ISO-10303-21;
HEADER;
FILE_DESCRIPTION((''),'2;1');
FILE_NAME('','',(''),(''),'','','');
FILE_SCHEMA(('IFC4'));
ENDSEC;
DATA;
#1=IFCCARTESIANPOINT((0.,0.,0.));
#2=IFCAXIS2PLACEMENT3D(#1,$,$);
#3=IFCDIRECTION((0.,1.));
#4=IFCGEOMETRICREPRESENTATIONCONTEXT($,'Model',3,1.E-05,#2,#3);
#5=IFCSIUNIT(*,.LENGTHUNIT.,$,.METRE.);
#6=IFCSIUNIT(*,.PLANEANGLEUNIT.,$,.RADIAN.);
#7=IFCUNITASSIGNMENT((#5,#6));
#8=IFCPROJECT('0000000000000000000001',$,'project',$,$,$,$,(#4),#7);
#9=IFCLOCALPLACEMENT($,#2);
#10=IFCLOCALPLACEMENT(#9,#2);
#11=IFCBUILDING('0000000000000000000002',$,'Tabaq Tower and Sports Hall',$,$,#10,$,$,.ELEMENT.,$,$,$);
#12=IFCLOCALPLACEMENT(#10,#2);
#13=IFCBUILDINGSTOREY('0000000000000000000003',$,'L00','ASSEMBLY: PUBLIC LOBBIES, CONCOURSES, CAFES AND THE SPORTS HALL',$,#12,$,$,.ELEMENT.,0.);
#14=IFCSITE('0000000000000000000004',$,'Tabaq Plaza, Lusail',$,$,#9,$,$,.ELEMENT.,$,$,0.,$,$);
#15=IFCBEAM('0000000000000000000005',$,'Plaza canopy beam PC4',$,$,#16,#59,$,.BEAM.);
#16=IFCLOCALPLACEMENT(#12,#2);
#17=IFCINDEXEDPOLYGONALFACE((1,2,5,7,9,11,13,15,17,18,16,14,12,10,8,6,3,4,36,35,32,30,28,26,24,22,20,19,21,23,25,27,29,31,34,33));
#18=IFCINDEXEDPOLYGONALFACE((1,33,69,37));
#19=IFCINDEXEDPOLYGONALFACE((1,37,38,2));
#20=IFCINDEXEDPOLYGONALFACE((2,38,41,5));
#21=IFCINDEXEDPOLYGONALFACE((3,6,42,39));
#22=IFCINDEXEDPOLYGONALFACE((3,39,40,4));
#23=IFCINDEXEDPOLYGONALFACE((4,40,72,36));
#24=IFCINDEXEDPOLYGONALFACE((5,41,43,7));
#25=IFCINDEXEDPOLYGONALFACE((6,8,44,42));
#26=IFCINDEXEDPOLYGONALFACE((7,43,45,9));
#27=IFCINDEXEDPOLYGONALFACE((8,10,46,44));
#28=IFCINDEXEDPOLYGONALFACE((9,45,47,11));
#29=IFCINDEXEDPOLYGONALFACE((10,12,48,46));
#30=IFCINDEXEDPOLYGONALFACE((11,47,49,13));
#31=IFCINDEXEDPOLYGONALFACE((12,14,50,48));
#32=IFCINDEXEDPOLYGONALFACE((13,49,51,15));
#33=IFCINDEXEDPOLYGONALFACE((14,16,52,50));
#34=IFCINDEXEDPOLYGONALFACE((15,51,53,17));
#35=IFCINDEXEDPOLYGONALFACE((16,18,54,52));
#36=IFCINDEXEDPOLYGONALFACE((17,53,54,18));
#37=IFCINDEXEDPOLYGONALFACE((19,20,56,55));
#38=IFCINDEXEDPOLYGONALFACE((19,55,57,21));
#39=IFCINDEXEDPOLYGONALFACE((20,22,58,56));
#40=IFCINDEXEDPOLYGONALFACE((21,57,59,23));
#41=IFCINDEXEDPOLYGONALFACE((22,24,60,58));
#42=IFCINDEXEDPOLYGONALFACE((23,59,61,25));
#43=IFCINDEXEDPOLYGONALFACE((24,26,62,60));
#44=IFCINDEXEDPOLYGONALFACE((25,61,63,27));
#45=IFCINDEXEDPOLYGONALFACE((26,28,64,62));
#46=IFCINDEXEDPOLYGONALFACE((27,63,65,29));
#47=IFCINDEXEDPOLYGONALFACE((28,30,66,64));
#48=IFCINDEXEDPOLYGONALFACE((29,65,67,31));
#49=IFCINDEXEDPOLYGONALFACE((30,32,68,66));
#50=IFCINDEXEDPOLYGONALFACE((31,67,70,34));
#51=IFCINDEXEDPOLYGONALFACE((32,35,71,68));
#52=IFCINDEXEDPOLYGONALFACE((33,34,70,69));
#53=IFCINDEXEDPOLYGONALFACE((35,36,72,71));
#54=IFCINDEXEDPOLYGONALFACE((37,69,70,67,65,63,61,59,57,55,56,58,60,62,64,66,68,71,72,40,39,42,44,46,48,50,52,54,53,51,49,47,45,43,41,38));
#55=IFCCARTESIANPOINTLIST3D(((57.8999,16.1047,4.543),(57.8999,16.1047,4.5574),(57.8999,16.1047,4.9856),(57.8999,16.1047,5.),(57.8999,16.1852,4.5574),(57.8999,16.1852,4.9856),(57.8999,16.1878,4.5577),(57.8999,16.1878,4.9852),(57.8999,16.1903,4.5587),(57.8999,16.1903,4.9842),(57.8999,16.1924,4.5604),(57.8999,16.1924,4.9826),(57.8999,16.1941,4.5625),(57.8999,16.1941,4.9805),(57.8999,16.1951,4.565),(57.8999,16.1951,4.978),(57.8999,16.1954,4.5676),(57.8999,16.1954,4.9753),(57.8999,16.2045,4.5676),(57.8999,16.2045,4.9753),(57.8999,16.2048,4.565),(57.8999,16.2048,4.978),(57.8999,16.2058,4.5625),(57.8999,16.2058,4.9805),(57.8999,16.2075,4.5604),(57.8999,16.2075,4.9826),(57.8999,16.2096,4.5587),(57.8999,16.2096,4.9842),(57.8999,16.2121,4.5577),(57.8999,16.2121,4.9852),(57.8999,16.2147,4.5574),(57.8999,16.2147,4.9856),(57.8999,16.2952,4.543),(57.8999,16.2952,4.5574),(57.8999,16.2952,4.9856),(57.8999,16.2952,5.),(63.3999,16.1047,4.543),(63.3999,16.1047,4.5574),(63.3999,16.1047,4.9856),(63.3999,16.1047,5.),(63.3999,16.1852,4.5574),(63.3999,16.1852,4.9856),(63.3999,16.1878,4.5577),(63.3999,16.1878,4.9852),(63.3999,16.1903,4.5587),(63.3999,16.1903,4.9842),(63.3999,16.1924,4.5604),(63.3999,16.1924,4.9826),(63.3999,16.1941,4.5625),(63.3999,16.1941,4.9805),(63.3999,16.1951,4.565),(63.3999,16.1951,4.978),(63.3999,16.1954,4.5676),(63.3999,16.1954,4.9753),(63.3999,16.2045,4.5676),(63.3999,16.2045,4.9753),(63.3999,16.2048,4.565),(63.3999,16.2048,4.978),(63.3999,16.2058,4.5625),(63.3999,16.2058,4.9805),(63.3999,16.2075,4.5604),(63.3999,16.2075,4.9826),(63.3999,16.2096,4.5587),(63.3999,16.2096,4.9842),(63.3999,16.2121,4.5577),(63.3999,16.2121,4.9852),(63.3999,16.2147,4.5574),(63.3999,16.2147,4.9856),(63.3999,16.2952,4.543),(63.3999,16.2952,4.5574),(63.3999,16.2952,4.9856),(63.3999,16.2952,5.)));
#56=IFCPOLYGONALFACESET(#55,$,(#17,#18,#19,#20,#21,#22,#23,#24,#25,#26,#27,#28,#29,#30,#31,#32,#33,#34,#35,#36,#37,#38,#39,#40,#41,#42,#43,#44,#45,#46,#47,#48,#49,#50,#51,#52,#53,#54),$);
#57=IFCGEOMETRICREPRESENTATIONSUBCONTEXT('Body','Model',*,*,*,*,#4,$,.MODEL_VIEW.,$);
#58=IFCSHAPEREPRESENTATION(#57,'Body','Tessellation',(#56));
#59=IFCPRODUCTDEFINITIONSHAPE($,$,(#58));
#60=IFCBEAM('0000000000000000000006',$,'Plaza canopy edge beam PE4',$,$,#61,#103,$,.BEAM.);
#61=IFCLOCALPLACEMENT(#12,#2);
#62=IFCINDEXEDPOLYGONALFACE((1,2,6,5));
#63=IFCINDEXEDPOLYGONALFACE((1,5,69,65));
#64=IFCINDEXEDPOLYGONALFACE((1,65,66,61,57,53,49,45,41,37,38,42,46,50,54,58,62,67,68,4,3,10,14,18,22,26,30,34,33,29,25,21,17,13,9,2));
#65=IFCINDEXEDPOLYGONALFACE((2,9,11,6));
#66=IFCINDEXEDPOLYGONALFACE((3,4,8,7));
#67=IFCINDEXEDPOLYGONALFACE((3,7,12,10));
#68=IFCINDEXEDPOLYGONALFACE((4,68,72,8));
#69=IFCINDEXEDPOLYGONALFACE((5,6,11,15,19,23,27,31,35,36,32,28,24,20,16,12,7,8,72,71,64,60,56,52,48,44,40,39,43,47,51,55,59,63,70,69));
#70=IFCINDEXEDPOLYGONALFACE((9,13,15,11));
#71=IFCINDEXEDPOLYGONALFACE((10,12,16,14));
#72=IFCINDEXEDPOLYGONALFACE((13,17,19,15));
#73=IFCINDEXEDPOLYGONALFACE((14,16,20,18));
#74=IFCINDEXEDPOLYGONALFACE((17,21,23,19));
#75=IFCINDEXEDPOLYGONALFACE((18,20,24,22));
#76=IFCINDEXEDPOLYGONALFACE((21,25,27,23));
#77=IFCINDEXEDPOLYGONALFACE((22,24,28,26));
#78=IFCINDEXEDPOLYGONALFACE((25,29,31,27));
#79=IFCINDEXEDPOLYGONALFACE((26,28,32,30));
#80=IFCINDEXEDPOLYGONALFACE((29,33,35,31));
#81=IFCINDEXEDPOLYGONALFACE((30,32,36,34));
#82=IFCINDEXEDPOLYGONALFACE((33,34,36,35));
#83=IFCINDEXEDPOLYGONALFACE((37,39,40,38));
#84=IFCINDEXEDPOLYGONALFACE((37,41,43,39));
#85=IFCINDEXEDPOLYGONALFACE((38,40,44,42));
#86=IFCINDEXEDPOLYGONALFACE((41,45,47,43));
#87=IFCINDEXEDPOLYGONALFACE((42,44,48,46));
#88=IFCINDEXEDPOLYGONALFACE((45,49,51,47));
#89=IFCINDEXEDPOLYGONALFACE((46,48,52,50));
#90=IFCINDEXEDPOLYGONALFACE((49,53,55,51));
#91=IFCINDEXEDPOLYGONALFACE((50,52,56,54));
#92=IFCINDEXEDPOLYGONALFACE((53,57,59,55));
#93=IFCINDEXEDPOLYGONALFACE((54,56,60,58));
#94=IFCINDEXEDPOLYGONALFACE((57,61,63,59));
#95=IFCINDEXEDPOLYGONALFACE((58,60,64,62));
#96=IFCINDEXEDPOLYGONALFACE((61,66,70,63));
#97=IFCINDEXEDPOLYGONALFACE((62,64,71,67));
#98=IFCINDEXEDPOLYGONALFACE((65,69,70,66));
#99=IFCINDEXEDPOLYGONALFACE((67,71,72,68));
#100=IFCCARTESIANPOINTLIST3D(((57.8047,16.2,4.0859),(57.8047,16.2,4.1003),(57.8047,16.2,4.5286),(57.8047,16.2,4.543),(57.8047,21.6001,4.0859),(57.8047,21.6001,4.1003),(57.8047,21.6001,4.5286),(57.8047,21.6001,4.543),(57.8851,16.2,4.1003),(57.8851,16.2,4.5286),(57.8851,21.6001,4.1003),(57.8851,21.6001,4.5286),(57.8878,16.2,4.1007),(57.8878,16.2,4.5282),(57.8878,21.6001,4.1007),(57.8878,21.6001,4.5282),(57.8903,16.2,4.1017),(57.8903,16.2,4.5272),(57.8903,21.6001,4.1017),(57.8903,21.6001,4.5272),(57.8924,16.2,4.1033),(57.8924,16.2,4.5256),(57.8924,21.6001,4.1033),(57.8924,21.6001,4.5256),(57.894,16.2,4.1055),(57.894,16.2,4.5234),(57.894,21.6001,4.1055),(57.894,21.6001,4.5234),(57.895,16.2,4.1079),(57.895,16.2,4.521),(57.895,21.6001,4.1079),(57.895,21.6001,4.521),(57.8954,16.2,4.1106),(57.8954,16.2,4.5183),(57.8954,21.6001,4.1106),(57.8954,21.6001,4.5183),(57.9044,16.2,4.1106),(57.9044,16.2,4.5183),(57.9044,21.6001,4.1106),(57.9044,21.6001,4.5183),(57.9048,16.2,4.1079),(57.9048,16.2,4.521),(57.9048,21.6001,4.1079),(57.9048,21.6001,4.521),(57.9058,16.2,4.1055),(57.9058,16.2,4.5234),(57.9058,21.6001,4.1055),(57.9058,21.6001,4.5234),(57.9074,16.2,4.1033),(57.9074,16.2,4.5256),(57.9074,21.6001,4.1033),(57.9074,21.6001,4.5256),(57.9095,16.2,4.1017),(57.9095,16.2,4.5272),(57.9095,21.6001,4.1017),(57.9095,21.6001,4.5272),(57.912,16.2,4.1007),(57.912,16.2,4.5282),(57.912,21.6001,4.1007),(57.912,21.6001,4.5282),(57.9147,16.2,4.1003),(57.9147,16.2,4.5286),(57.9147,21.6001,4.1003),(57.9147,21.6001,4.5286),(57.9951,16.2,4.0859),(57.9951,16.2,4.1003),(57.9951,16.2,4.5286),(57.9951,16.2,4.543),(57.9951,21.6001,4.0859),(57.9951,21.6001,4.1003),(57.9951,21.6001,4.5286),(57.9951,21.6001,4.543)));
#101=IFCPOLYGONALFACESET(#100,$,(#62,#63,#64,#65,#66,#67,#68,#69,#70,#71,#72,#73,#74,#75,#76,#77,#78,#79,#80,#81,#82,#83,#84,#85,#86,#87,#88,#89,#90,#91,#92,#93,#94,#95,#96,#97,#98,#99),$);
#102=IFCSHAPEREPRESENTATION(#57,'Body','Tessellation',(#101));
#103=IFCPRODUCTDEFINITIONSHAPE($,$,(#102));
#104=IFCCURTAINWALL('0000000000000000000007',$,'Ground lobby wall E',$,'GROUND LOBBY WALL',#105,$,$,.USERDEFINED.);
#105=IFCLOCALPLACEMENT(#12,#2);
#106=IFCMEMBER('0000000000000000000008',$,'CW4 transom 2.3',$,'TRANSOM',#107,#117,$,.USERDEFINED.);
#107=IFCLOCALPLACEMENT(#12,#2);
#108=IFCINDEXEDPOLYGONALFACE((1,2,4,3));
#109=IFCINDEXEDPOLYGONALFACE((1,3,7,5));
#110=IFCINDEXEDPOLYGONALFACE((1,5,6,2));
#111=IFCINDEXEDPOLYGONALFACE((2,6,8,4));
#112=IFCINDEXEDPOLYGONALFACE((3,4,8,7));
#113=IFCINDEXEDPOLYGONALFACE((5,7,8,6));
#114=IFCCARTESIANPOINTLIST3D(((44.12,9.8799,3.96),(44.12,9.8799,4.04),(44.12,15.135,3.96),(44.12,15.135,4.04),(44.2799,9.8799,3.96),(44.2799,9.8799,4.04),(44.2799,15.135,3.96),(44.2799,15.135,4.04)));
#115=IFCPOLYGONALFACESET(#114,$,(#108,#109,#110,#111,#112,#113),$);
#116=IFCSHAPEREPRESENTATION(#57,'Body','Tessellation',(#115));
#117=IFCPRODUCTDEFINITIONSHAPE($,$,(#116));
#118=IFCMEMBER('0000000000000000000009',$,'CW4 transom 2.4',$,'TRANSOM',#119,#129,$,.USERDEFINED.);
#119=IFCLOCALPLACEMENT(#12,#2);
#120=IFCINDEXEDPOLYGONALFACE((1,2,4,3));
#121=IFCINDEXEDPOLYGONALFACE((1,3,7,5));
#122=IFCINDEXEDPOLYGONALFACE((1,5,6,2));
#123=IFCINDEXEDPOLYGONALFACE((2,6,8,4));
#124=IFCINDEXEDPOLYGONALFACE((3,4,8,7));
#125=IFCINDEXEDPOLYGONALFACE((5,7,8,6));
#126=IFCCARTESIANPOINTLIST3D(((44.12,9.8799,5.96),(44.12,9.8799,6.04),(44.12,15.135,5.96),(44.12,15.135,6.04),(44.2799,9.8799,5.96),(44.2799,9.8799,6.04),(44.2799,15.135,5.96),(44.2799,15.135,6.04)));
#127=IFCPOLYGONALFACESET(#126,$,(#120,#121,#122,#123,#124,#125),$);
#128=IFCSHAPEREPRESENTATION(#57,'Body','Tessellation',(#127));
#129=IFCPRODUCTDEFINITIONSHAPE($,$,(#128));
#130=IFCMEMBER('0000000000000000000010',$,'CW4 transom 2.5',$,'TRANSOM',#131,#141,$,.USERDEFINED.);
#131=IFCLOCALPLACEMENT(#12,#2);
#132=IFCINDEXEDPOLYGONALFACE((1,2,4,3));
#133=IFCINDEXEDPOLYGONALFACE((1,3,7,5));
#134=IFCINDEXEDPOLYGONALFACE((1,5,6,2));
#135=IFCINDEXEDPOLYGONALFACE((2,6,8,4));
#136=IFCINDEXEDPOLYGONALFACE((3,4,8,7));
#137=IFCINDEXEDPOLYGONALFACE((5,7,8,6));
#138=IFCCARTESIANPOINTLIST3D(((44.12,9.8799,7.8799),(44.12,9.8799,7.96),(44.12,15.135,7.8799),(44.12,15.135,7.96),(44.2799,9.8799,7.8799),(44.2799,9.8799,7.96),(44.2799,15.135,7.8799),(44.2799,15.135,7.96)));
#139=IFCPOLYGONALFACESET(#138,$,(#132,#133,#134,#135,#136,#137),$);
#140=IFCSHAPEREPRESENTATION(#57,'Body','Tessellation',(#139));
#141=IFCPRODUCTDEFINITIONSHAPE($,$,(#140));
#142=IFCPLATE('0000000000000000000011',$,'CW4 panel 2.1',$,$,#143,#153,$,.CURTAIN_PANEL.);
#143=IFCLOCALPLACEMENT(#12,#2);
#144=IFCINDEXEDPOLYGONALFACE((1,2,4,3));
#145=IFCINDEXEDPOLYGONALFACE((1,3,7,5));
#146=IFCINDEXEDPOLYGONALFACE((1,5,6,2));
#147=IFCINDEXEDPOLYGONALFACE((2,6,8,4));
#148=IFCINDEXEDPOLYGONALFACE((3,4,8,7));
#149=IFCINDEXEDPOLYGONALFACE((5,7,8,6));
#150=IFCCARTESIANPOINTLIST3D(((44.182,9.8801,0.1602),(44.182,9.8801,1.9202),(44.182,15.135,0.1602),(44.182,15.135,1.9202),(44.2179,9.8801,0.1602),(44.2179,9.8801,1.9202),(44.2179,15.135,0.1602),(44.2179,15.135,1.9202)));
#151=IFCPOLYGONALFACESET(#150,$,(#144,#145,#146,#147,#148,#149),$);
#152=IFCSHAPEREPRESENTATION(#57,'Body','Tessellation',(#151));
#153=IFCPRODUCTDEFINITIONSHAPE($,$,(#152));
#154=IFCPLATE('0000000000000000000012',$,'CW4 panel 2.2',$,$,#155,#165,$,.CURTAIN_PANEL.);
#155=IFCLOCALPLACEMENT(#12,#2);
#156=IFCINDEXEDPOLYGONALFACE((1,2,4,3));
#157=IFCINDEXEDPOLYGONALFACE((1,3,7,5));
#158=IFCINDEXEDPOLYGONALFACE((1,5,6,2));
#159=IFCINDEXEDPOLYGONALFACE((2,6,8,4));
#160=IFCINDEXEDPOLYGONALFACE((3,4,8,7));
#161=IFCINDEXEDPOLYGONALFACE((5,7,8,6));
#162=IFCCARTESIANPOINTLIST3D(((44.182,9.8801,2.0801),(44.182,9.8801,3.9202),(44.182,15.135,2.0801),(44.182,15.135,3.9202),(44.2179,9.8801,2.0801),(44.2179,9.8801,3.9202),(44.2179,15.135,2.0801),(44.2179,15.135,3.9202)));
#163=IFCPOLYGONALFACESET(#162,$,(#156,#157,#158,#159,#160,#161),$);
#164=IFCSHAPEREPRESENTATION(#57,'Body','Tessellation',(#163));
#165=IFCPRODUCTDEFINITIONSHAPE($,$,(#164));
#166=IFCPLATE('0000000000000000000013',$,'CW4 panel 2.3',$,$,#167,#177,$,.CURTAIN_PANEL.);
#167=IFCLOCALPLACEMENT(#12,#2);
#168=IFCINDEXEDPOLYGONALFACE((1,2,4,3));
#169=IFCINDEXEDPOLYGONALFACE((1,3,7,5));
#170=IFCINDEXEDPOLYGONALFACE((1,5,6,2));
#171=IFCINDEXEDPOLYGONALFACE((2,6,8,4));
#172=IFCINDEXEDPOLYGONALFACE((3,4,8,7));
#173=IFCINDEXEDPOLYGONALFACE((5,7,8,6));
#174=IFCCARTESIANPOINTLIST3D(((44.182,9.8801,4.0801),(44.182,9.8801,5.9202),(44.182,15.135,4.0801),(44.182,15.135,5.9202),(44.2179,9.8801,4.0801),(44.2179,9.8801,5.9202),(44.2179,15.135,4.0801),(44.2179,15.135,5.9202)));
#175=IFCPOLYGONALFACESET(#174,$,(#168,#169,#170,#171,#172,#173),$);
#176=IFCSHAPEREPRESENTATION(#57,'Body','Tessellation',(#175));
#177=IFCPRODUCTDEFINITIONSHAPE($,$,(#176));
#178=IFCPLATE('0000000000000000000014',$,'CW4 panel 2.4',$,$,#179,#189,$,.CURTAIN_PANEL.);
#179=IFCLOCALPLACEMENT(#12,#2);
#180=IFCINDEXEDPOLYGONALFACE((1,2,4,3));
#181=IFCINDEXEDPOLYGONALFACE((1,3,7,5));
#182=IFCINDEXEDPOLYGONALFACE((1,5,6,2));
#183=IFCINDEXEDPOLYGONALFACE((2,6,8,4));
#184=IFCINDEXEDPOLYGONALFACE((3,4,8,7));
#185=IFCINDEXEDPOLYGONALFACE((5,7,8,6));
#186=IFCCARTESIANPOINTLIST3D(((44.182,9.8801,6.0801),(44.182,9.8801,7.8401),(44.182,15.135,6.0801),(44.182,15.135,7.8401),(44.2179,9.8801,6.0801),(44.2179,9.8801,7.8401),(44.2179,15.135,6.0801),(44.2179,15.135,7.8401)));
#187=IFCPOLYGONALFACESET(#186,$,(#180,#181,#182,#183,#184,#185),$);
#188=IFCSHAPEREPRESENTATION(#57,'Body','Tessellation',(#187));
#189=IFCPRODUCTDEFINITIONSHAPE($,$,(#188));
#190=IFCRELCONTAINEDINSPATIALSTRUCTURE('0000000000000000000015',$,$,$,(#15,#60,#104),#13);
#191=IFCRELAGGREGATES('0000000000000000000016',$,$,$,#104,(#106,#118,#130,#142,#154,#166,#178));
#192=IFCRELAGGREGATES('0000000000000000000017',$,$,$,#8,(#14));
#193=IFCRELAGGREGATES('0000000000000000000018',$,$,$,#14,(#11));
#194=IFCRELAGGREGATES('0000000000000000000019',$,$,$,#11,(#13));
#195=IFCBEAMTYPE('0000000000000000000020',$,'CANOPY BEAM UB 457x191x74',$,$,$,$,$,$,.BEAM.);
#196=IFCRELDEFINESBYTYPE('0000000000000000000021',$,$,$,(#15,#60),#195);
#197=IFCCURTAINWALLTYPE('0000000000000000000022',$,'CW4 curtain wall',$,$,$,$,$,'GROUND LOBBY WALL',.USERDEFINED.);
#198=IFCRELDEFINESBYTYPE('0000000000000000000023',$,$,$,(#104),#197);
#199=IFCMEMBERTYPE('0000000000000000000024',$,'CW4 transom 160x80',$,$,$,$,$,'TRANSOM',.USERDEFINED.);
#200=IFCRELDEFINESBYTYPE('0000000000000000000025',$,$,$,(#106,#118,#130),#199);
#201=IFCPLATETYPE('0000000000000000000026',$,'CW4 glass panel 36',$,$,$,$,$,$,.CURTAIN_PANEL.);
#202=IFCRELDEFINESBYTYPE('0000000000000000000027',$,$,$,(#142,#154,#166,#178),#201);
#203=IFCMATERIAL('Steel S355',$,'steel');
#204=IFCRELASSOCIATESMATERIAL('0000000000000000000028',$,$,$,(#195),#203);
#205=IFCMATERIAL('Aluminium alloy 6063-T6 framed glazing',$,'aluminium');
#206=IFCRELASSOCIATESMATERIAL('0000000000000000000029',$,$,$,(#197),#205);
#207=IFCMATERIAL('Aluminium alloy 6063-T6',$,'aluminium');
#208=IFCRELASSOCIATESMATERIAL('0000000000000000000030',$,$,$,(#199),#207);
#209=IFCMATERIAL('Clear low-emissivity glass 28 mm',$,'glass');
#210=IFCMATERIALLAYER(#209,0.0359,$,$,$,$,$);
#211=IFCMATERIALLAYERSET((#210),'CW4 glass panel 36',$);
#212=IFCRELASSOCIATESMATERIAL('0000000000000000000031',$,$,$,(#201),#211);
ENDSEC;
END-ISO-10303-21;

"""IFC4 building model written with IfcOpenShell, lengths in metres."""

from ifc_helpers import new_model, si_unit, direction, frame, origin, origin_2d, place, context, subcontext, project, spatial, rectangle, i_section, extrude, material, layer, layer_set, material_profile, profile_set, type_object, element, aggregate, save


model = new_model("IFC4")

# Units and contexts
model_context = context("Model", 3, precision=1e-05, world=origin(), true_north=direction((0.0, 1.0)))
body_context = subcontext(model_context, "Body", "Model", "MODEL_VIEW")
ifc_project = project(units=[si_unit("LENGTHUNIT", "METRE"), si_unit("PLANEANGLEUNIT", "RADIAN")], contexts=[model_context])

# Site, building, storey
site_placement = place(None, origin())
site = spatial("IfcSite", under=ifc_project, at=site_placement, Name="Tabaq Plaza, Lusail", CompositionType="ELEMENT", RefElevation=0.0)
building_placement = place(site_placement, origin())
building = spatial("IfcBuilding", under=site, at=building_placement, Name="Tabaq Tower and Sports Hall", CompositionType="ELEMENT")
storey_placement = place(building_placement, origin())
storey = spatial("IfcBuildingStorey", under=building, at=storey_placement, Name="L00", Description="ASSEMBLY: PUBLIC LOBBIES, CONCOURSES, CAFES AND THE SPORTS HALL", CompositionType="ELEMENT", Elevation=0.0)

# Beams
ifc_material_1 = material(Name="Steel S355", Category="steel")
ifc_material_profile_1 = material_profile(ifc_material_1, i_section(OverallWidth=0.1904, OverallDepth=0.457, WebThickness=0.009, FlangeThickness=0.0144, FilletRadius=0.0103, at=origin_2d()), Name="UB 457x191x74")
ifc_profile_set_1 = profile_set([ifc_material_profile_1], Name="Steel S355")
beam_type = type_object("IfcBeamType", Name="CANOPY BEAM UB 457x191x74", PredefinedType="BEAM", material=ifc_profile_set_1)
beam_1_placement = place(storey_placement, frame((57.8999, 16.2, 4.7715), z_axis=(1.0, 0.0, 0.0), x_axis=(0.0, 1.0, 0.0)))
element("IfcBeam", 1, at=beam_1_placement, inside=storey, type_object=beam_type, Name="Plaza canopy beam PC4", PredefinedType="BEAM", context=body_context, shape_type="SweptSolid", body=[
    extrude(i_section(OverallWidth=0.1904, OverallDepth=0.457, WebThickness=0.009, FlangeThickness=0.0144, FilletRadius=0.0103, at=origin_2d()), origin(), (0.0, 0.0, 1.0), 5.5),
])
beam_2_placement = place(storey_placement, frame((57.8999, 16.2, 4.3145), z_axis=(0.0, 1.0, 0.0), x_axis=(-1.0, 0.0, 0.0)))
element("IfcBeam", 2, at=beam_2_placement, inside=storey, type_object=beam_type, Name="Plaza canopy edge beam PE4", PredefinedType="BEAM", context=body_context, shape_type="SweptSolid", body=[
    extrude(i_section(OverallWidth=0.1904, OverallDepth=0.457, WebThickness=0.009, FlangeThickness=0.0144, FilletRadius=0.0103, at=origin_2d()), origin(), (0.0, 0.0, 1.0), 5.4001),
])

# Curtain wall, members, plates
ifc_material_2 = material(Name="Aluminium alloy 6063-T6 framed glazing", Category="aluminium")
curtain_wall_type = type_object("IfcCurtainWallType", Name="CW4 curtain wall", ElementType="GROUND LOBBY WALL", PredefinedType="USERDEFINED", material=ifc_material_2)
curtain_wall_placement = place(storey_placement, origin())
curtain_wall = element("IfcCurtainWall", 3, at=curtain_wall_placement, inside=storey, type_object=curtain_wall_type, Name="Ground lobby wall E", ObjectType="GROUND LOBBY WALL", PredefinedType="USERDEFINED")
ifc_material_3 = material(Name="Aluminium alloy 6063-T6", Category="aluminium")
ifc_material_profile_2 = material_profile(ifc_material_3, rectangle(XDim=0.1599, YDim=0.0801, at=origin_2d()), Name="TRANSOM 160x80")
ifc_profile_set_2 = profile_set([ifc_material_profile_2], Name="Aluminium alloy 6063-T6")
member_type = type_object("IfcMemberType", Name="CW4 transom 160x80", ElementType="TRANSOM", PredefinedType="USERDEFINED", material=ifc_profile_set_2)
member_1_placement = place(storey_placement, frame((44.2, 15.135, 4.0), z_axis=(0.0, -1.0, 0.0), x_axis=(1.0, 0.0, 0.0)))
member_1 = element("IfcMember", 4, at=member_1_placement, type_object=member_type, Name="CW4 transom 2.3", ObjectType="TRANSOM", PredefinedType="USERDEFINED", context=body_context, shape_type="SweptSolid", body=[
    extrude(rectangle(XDim=0.1599, YDim=0.0801, at=origin_2d()), origin(), (0.0, 0.0, 1.0), 5.2551),
])
member_2_placement = place(storey_placement, frame((44.2, 15.135, 6.0), z_axis=(0.0, -1.0, 0.0), x_axis=(1.0, 0.0, 0.0)))
member_2 = element("IfcMember", 5, at=member_2_placement, type_object=member_type, Name="CW4 transom 2.4", ObjectType="TRANSOM", PredefinedType="USERDEFINED", context=body_context, shape_type="SweptSolid", body=[
    extrude(rectangle(XDim=0.1599, YDim=0.0801, at=origin_2d()), origin(), (0.0, 0.0, 1.0), 5.2551),
])
member_3_placement = place(storey_placement, frame((44.2, 15.135, 7.9199), z_axis=(0.0, -1.0, 0.0), x_axis=(1.0, 0.0, 0.0)))
member_3 = element("IfcMember", 6, at=member_3_placement, type_object=member_type, Name="CW4 transom 2.5", ObjectType="TRANSOM", PredefinedType="USERDEFINED", context=body_context, shape_type="SweptSolid", body=[
    extrude(rectangle(XDim=0.1599, YDim=0.0801, at=origin_2d()), origin(), (0.0, 0.0, 1.0), 5.2551),
])
ifc_material_4 = material(Name="Clear low-emissivity glass 28 mm", Category="glass")
ifc_layer = layer(ifc_material_4, 0.0359)
ifc_layer_set = layer_set([ifc_layer], Name="CW4 glass panel 36")
plate_type = type_object("IfcPlateType", Name="CW4 glass panel 36", PredefinedType="CURTAIN_PANEL", material=ifc_layer_set)
plate_1_placement = place(storey_placement, frame((44.2, 12.5076, 0.1602), z_axis=(0.0, 0.0, 1.0), x_axis=(0.0, -1.0, 0.0)))
plate_1 = element("IfcPlate", 7, at=plate_1_placement, type_object=plate_type, Name="CW4 panel 2.1", PredefinedType="CURTAIN_PANEL", context=body_context, shape_type="SweptSolid", body=[
    extrude(rectangle(XDim=5.2549, YDim=0.0359, at=origin_2d()), origin(), (0.0, 0.0, 1.0), 1.76),
])
plate_2_placement = place(storey_placement, frame((44.2, 12.5076, 2.0801), z_axis=(0.0, 0.0, 1.0), x_axis=(0.0, -1.0, 0.0)))
plate_2 = element("IfcPlate", 8, at=plate_2_placement, type_object=plate_type, Name="CW4 panel 2.2", PredefinedType="CURTAIN_PANEL", context=body_context, shape_type="SweptSolid", body=[
    extrude(rectangle(XDim=5.2549, YDim=0.0359, at=origin_2d()), origin(), (0.0, 0.0, 1.0), 1.8401),
])
plate_3_placement = place(storey_placement, frame((44.2, 12.5076, 4.0801), z_axis=(0.0, 0.0, 1.0), x_axis=(0.0, -1.0, 0.0)))
plate_3 = element("IfcPlate", 9, at=plate_3_placement, type_object=plate_type, Name="CW4 panel 2.3", PredefinedType="CURTAIN_PANEL", context=body_context, shape_type="SweptSolid", body=[
    extrude(rectangle(XDim=5.2549, YDim=0.0359, at=origin_2d()), origin(), (0.0, 0.0, 1.0), 1.8401),
])
plate_4_placement = place(storey_placement, frame((44.2, 12.5076, 6.0801), z_axis=(0.0, 0.0, 1.0), x_axis=(0.0, -1.0, 0.0)))
plate_4 = element("IfcPlate", 10, at=plate_4_placement, type_object=plate_type, Name="CW4 panel 2.4", PredefinedType="CURTAIN_PANEL", context=body_context, shape_type="SweptSolid", body=[
    extrude(rectangle(XDim=5.2549, YDim=0.0359, at=origin_2d()), origin(), (0.0, 0.0, 1.0), 1.76),
])
aggregate(curtain_wall, [member_1, member_2, member_3, plate_1, plate_2, plate_3, plate_4])

save(model, "model.ifc")
